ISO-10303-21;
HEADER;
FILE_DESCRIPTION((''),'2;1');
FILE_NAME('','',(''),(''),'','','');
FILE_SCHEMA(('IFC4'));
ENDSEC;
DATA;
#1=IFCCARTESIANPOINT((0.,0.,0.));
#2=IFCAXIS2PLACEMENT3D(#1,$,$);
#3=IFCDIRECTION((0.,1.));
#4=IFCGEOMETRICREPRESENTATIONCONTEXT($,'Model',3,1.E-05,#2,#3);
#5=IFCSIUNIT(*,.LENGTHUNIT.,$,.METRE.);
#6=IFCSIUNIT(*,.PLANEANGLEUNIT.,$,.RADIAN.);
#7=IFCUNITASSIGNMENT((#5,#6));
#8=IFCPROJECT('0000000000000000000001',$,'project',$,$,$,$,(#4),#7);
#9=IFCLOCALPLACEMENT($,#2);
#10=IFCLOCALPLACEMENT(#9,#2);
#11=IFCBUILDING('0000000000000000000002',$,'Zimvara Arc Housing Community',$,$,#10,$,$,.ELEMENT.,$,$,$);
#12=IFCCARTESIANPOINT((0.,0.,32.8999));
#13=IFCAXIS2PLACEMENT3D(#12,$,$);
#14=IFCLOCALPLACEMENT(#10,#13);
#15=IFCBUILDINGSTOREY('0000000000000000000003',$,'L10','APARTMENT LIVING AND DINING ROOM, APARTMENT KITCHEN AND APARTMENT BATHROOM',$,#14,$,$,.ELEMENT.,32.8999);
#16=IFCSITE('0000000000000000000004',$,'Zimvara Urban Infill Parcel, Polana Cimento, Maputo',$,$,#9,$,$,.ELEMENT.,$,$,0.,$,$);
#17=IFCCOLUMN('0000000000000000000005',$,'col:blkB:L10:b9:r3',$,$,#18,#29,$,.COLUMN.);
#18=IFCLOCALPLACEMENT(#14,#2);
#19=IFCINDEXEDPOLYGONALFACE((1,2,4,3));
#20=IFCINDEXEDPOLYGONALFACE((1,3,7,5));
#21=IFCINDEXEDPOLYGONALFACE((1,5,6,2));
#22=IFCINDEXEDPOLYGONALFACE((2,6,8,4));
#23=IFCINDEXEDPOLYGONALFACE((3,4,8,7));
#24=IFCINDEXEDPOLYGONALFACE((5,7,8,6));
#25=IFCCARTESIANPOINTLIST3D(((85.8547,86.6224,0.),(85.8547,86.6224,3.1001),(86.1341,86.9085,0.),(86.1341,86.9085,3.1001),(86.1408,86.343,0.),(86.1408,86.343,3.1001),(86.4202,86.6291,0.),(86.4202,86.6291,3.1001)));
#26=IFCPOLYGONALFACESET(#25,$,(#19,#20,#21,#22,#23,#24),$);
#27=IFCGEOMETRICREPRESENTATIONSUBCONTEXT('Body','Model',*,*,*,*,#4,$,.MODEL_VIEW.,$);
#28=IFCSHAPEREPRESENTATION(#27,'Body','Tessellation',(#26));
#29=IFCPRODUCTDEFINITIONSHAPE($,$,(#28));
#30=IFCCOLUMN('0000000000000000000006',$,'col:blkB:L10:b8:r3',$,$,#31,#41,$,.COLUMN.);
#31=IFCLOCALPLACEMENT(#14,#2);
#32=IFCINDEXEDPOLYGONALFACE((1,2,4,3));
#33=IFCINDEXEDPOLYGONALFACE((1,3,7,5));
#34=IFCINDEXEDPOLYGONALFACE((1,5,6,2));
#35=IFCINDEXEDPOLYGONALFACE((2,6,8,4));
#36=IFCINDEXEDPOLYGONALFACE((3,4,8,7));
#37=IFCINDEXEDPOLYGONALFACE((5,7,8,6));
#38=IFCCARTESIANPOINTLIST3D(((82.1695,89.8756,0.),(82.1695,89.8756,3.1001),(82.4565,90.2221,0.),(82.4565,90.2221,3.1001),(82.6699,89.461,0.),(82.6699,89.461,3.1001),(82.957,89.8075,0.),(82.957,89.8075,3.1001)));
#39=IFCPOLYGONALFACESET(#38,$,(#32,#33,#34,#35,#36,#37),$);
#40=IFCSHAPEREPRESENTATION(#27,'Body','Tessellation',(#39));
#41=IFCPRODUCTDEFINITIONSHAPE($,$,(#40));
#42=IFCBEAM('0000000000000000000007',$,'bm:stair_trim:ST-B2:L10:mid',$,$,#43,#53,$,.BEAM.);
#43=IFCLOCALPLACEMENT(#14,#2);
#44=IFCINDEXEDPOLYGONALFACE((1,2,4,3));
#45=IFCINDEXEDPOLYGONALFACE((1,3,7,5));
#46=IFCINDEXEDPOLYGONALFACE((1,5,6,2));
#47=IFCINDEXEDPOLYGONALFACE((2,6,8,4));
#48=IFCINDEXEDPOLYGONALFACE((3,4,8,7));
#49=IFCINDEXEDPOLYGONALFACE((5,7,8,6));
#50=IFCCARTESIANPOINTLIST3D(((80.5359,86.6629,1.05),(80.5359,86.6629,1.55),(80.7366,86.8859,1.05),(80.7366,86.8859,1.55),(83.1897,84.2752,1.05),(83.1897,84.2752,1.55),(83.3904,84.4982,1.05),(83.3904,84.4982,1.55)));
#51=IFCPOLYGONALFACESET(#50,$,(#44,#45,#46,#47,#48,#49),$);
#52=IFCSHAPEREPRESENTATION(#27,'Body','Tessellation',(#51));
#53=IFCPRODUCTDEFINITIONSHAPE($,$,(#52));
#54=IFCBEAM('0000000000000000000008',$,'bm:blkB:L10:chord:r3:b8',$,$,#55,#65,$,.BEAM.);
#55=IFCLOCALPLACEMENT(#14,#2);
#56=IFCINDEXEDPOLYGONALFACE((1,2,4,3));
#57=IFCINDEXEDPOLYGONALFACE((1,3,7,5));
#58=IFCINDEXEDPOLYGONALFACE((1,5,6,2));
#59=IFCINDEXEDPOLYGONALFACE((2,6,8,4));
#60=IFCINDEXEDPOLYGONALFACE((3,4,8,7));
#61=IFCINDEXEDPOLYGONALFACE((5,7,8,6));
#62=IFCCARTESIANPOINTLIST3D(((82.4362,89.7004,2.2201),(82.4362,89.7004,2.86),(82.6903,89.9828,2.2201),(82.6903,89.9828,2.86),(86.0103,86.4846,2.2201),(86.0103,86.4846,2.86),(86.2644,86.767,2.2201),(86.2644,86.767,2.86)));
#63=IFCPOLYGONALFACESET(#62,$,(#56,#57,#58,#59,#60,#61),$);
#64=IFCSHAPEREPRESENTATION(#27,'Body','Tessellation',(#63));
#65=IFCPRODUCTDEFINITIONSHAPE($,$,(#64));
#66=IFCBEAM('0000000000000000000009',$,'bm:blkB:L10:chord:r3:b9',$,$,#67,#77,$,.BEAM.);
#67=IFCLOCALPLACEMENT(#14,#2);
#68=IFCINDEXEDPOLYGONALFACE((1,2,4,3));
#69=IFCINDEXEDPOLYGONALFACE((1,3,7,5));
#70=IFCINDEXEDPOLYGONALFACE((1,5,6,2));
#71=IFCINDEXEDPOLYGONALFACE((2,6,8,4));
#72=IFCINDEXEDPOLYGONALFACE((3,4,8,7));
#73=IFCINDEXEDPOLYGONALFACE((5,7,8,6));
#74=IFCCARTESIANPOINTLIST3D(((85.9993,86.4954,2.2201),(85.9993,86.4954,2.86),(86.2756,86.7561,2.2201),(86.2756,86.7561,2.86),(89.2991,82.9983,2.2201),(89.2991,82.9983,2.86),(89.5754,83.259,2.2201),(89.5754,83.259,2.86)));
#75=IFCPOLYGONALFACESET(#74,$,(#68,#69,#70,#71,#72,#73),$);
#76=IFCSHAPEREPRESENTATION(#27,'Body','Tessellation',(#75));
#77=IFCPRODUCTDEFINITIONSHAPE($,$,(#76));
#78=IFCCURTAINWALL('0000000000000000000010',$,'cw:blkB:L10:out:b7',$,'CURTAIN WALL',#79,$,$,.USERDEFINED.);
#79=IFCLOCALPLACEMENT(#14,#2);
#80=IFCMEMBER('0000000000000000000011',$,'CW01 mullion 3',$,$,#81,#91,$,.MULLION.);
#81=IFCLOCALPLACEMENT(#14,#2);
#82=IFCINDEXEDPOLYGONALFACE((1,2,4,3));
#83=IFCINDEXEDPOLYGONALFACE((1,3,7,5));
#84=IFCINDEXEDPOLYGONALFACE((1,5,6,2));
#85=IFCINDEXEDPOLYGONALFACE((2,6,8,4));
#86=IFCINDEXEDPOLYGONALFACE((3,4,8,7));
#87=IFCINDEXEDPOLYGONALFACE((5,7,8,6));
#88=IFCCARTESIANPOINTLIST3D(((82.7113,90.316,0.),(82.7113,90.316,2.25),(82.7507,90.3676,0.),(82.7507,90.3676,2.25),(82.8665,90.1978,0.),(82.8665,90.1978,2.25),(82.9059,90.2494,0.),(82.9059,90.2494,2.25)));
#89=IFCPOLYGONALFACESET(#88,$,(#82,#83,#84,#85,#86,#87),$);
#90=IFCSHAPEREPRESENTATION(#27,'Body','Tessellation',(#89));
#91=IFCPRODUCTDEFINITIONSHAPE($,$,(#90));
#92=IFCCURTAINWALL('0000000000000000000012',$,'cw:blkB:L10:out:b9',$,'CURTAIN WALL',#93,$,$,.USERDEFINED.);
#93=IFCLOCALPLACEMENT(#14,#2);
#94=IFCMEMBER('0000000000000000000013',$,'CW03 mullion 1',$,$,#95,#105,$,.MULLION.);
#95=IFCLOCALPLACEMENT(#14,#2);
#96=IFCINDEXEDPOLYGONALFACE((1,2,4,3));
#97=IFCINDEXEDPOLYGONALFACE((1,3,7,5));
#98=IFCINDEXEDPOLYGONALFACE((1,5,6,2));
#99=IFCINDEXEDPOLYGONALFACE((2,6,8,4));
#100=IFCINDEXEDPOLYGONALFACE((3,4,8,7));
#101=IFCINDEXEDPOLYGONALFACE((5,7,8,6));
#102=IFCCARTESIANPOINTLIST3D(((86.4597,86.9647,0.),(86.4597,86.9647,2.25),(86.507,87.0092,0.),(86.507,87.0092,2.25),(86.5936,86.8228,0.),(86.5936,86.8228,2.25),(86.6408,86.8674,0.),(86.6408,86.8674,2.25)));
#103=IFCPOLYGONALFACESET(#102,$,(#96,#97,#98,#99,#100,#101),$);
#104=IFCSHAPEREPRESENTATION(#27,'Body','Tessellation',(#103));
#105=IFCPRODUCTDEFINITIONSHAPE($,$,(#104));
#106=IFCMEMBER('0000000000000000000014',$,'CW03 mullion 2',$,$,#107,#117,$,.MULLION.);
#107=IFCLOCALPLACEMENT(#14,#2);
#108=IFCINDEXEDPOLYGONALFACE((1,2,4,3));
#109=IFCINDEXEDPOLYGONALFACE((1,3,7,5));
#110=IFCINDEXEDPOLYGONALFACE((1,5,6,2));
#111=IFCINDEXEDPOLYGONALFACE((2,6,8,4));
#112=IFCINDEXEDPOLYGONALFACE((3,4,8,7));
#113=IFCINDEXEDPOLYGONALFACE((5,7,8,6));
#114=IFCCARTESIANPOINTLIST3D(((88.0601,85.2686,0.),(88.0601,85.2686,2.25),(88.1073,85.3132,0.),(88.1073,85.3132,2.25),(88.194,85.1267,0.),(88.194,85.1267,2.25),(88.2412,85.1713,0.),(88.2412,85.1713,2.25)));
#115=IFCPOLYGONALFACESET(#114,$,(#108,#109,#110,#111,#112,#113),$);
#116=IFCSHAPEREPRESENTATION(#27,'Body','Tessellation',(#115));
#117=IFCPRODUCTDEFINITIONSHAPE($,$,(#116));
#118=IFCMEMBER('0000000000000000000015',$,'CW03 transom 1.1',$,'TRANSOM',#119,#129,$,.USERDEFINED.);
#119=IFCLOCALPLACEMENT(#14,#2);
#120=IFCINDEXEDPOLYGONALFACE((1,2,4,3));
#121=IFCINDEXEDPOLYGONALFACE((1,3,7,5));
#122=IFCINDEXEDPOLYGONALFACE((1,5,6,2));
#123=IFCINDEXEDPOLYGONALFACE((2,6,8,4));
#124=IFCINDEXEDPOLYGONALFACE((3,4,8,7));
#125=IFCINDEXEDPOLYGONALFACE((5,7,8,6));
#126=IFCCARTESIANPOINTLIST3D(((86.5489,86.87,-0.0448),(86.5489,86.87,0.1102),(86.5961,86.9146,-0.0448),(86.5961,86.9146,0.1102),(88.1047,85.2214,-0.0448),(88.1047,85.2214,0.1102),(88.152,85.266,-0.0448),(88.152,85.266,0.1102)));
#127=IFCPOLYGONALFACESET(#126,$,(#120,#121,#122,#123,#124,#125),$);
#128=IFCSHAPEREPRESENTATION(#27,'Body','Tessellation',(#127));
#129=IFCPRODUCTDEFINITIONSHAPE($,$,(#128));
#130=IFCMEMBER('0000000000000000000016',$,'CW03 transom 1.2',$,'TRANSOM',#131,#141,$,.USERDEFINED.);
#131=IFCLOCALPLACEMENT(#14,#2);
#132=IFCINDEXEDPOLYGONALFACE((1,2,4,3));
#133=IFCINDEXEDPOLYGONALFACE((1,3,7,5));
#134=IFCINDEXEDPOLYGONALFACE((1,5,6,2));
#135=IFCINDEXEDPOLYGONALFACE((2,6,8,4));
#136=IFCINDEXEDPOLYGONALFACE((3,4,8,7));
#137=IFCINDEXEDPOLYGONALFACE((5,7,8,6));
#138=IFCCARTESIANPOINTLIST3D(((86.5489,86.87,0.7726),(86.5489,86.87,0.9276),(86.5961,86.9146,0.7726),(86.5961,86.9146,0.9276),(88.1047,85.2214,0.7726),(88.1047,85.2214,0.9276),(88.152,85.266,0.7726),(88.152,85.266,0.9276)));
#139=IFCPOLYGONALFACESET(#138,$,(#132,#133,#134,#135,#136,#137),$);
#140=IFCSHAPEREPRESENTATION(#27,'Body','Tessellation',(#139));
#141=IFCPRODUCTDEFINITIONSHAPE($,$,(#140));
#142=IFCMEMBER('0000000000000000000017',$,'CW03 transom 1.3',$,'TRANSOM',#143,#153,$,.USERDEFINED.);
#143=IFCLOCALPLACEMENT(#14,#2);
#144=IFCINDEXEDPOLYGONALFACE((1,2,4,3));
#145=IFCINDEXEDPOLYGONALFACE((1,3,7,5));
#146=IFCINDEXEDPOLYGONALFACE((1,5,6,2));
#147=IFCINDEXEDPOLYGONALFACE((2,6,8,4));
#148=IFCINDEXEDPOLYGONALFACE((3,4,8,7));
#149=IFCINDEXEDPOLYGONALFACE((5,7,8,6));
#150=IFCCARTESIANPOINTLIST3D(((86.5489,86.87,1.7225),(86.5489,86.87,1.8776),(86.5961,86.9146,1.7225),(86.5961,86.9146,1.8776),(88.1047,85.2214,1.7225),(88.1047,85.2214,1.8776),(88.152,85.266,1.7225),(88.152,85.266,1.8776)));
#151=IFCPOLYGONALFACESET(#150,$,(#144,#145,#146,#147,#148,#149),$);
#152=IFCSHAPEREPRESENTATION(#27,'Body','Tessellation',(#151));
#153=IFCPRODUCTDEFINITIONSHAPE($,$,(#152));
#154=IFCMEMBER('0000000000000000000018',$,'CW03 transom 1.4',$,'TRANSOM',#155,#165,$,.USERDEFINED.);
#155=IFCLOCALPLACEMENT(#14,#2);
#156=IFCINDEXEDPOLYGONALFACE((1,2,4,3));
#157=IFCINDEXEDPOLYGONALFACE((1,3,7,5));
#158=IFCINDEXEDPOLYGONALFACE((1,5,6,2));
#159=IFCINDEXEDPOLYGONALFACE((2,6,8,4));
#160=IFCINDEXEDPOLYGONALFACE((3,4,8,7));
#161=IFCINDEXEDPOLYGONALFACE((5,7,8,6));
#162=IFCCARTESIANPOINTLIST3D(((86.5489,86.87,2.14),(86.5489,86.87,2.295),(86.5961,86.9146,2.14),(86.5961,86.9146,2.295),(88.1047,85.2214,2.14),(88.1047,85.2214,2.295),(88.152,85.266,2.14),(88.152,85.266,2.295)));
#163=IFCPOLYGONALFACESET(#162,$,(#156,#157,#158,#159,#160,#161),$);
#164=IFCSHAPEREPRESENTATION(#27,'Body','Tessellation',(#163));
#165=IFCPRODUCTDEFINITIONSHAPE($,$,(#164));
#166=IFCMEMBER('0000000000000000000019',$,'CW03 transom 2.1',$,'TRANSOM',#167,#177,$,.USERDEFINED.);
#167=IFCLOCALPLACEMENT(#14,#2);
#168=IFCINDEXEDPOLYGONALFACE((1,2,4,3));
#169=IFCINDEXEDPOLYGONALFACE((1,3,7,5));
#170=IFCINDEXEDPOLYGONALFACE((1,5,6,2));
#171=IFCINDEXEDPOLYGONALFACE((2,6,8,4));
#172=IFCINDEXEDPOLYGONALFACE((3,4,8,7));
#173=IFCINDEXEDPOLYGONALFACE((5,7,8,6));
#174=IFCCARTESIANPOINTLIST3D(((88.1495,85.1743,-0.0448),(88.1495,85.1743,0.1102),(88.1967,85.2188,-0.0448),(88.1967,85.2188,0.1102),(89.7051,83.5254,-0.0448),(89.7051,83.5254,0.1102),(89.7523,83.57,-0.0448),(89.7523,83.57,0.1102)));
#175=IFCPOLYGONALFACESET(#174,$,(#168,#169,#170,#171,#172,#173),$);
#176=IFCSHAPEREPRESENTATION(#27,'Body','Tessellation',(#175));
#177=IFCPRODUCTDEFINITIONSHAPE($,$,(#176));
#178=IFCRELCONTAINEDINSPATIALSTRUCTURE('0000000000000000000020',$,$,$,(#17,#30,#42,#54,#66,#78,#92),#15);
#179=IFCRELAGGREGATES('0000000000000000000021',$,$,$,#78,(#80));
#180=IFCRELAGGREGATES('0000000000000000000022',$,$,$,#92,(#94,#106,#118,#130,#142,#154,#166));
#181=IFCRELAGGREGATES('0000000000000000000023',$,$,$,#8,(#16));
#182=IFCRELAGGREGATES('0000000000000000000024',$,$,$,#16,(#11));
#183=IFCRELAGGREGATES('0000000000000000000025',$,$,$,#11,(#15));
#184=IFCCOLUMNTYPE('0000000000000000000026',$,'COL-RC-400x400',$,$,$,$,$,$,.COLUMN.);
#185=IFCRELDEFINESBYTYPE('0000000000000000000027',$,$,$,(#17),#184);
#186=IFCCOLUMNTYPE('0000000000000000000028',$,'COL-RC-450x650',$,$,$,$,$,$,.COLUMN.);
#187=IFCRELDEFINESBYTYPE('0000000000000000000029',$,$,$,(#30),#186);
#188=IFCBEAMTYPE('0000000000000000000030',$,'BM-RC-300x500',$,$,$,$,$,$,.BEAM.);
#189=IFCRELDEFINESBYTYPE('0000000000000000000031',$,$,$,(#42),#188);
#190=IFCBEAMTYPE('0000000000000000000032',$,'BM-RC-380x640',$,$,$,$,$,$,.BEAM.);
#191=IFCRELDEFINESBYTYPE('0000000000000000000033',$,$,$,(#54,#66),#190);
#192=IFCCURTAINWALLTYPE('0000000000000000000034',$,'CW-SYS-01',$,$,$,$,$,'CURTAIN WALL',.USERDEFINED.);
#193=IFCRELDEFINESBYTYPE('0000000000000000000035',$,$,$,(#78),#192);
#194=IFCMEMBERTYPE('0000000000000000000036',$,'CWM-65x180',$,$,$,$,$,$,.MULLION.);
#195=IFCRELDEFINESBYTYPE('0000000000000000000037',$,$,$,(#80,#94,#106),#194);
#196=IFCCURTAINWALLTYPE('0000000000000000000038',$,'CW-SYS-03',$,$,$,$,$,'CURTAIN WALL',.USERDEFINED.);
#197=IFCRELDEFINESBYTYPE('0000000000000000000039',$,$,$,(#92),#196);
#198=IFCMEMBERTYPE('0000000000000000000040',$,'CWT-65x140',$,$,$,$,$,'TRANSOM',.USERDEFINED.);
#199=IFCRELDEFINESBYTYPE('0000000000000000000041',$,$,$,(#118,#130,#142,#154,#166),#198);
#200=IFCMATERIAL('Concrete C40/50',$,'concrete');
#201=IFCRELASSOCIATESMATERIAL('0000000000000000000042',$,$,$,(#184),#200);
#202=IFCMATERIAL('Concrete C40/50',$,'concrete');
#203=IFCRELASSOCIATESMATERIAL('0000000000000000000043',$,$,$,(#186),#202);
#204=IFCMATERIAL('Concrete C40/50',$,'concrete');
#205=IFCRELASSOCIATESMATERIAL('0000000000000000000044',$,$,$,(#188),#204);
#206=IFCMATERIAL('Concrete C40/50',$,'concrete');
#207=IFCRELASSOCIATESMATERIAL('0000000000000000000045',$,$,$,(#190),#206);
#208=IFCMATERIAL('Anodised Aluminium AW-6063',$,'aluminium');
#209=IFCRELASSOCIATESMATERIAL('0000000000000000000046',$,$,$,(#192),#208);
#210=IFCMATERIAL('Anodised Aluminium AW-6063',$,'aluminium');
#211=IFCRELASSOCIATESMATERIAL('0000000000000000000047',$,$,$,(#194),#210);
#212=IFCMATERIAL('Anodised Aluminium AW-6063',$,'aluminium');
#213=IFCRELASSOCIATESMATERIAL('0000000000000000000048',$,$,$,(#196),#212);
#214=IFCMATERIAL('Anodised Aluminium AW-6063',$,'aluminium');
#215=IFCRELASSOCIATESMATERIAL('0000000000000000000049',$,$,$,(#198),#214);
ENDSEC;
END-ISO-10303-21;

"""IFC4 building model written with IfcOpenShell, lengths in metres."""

from ifc_helpers import new_model, si_unit, direction, frame, origin, origin_2d, place, context, subcontext, project, spatial, rectangle, extrude, material, material_profile, profile_set, type_object, element, aggregate, save


model = new_model("IFC4")

# Units and contexts
model_context = context("Model", 3, precision=1e-05, world=origin(), true_north=direction((0.0, 1.0)))
body_context = subcontext(model_context, "Body", "Model", "MODEL_VIEW")
ifc_project = project(units=[si_unit("LENGTHUNIT", "METRE"), si_unit("PLANEANGLEUNIT", "RADIAN")], contexts=[model_context])

# Site, building, storey
site_placement = place(None, origin())
site = spatial("IfcSite", under=ifc_project, at=site_placement, Name="Zimvara Urban Infill Parcel, Polana Cimento, Maputo", CompositionType="ELEMENT", RefElevation=0.0)
building_placement = place(site_placement, origin())
building = spatial("IfcBuilding", under=site, at=building_placement, Name="Zimvara Arc Housing Community", CompositionType="ELEMENT")
storey_placement = place(building_placement, frame((0.0, 0.0, 32.8999)))
storey = spatial("IfcBuildingStorey", under=building, at=storey_placement, Name="L10", Description="APARTMENT LIVING AND DINING ROOM, APARTMENT KITCHEN AND APARTMENT BATHROOM", CompositionType="ELEMENT", Elevation=32.8999)

# Columns
ifc_material_1 = material(Name="Concrete C40/50", Category="concrete")
ifc_material_profile_1 = material_profile(ifc_material_1, rectangle(XDim=0.3999, YDim=0.3999, at=origin_2d()), Name="RC 400x400")
ifc_profile_set_1 = profile_set([ifc_material_profile_1], Name="Concrete C40/50")
column_type_1 = type_object("IfcColumnType", Name="COL-RC-400x400", PredefinedType="COLUMN", material=ifc_profile_set_1)
column_1_placement = place(storey_placement, frame((86.1375, 86.6257, 0.0), z_axis=(0.0, 0.0, 1.0), x_axis=(0.698665, 0.715449, 0.0)))
element("IfcColumn", 1, at=column_1_placement, inside=storey, type_object=column_type_1, Name="col:blkB:L10:b9:r3", PredefinedType="COLUMN", context=body_context, shape_type="SweptSolid", body=[
    extrude(rectangle(XDim=0.3999, YDim=0.3999, at=origin_2d()), origin(), (0.0, 0.0, 1.0), 3.1001),
])
ifc_material_2 = material(Name="Concrete C40/50", Category="concrete")
ifc_material_profile_2 = material_profile(ifc_material_2, rectangle(XDim=0.45, YDim=0.6499, at=origin_2d()), Name="RC 450x650")
ifc_profile_set_2 = profile_set([ifc_material_profile_2], Name="Concrete C40/50")
column_type_2 = type_object("IfcColumnType", Name="COL-RC-450x650", PredefinedType="COLUMN", material=ifc_profile_set_2)
column_2_placement = place(storey_placement, frame((82.5632, 89.8416, 0.0), z_axis=(0.0, 0.0, 1.0), x_axis=(0.637962, 0.770068, 0.0)))
element("IfcColumn", 2, at=column_2_placement, inside=storey, type_object=column_type_2, Name="col:blkB:L10:b8:r3", PredefinedType="COLUMN", context=body_context, shape_type="SweptSolid", body=[
    extrude(rectangle(XDim=0.45, YDim=0.6499, at=origin_2d()), origin(), (0.0, 0.0, 1.0), 3.1001),
])

# Beams
ifc_material_3 = material(Name="Concrete C40/50", Category="concrete")
ifc_material_profile_3 = material_profile(ifc_material_3, rectangle(XDim=0.3, YDim=0.5, at=origin_2d()), Name="RC 300x500")
ifc_profile_set_3 = profile_set([ifc_material_profile_3], Name="Concrete C40/50")
beam_type_1 = type_object("IfcBeamType", Name="BM-RC-300x500", PredefinedType="BEAM", material=ifc_profile_set_3)
beam_1_placement = place(storey_placement, frame((83.29, 84.3867, 1.3), z_axis=(-0.743396, 0.668851, 0.0), x_axis=(-0.668851, -0.743396, 0.0)))
element("IfcBeam", 3, at=beam_1_placement, inside=storey, type_object=beam_type_1, Name="bm:stair_trim:ST-B2:L10:mid", PredefinedType="BEAM", context=body_context, shape_type="SweptSolid", body=[
    extrude(rectangle(XDim=0.3, YDim=0.5, at=origin_2d()), origin(), (0.0, 0.0, 1.0), 3.5698),
])
ifc_material_4 = material(Name="Concrete C40/50", Category="concrete")
ifc_material_profile_4 = material_profile(ifc_material_4, rectangle(XDim=0.3799, YDim=0.6399, at=origin_2d()), Name="RC 380x640")
ifc_profile_set_4 = profile_set([ifc_material_profile_4], Name="Concrete C40/50")
beam_type_2 = type_object("IfcBeamType", Name="BM-RC-380x640", PredefinedType="BEAM", material=ifc_profile_set_4)
beam_2_placement = place(storey_placement, frame((82.5632, 89.8416, 2.54), z_axis=(0.743395, -0.668853, 0.0), x_axis=(0.668853, 0.743395, 0.0)))
element("IfcBeam", 4, at=beam_2_placement, inside=storey, type_object=beam_type_2, Name="bm:blkB:L10:chord:r3:b8", PredefinedType="BEAM", context=body_context, shape_type="SweptSolid", body=[
    extrude(rectangle(XDim=0.3799, YDim=0.6399, at=origin_2d()), origin(), (0.0, 0.0, 1.0), 4.8079),
])
beam_3_placement = place(storey_placement, frame((86.1375, 86.6257, 2.54), z_axis=(0.686295, -0.727323, 0.0), x_axis=(0.727323, 0.686295, 0.0)))
element("IfcBeam", 5, at=beam_3_placement, inside=storey, type_object=beam_type_2, Name="bm:blkB:L10:chord:r3:b9", PredefinedType="BEAM", context=body_context, shape_type="SweptSolid", body=[
    extrude(rectangle(XDim=0.3799, YDim=0.6399, at=origin_2d()), origin(), (0.0, 0.0, 1.0), 4.8081),
])

# Curtain wall, member
ifc_material_5 = material(Name="Anodised Aluminium AW-6063", Category="aluminium")
curtain_wall_type_1 = type_object("IfcCurtainWallType", Name="CW-SYS-01", ElementType="CURTAIN WALL", PredefinedType="USERDEFINED", material=ifc_material_5)
curtain_wall_1_placement = place(storey_placement, origin())
curtain_wall_1 = element("IfcCurtainWall", 6, at=curtain_wall_1_placement, inside=storey, type_object=curtain_wall_type_1, Name="cw:blkB:L10:out:b7", ObjectType="CURTAIN WALL", PredefinedType="USERDEFINED")
ifc_material_6 = material(Name="Anodised Aluminium AW-6063", Category="aluminium")
ifc_material_profile_5 = material_profile(ifc_material_6, rectangle(XDim=0.0649, YDim=0.1951, at=origin_2d()), Name="ALU 65x195")
ifc_profile_set_5 = profile_set([ifc_material_profile_5], Name="Anodised Aluminium AW-6063")
member_type_1 = type_object("IfcMemberType", Name="CWM-65x180", PredefinedType="MULLION", material=ifc_profile_set_5)
member_1_placement = place(storey_placement, frame((82.8086, 90.2827, 0.0), z_axis=(0.0, 0.0, 1.0), x_axis=(0.605988, 0.795474, 0.0)))
member_1 = element("IfcMember", 7, at=member_1_placement, type_object=member_type_1, Name="CW01 mullion 3", PredefinedType="MULLION", context=body_context, shape_type="SweptSolid", body=[
    extrude(rectangle(XDim=0.0649, YDim=0.1951, at=origin_2d()), origin(), (0.0, 0.0, 1.0), 2.25),
])

# Curtain wall, members
ifc_material_7 = material(Name="Anodised Aluminium AW-6063", Category="aluminium")
curtain_wall_type_2 = type_object("IfcCurtainWallType", Name="CW-SYS-03", ElementType="CURTAIN WALL", PredefinedType="USERDEFINED", material=ifc_material_7)
curtain_wall_2_placement = place(storey_placement, origin())
curtain_wall_2 = element("IfcCurtainWall", 8, at=curtain_wall_2_placement, inside=storey, type_object=curtain_wall_type_2, Name="cw:blkB:L10:out:b9", ObjectType="CURTAIN WALL", PredefinedType="USERDEFINED")
member_2_placement = place(storey_placement, frame((86.5503, 86.916, 0.0), z_axis=(0.0, 0.0, 1.0), x_axis=(0.727294, 0.686326, 0.0)))
member_2 = element("IfcMember", 9, at=member_2_placement, type_object=member_type_1, Name="CW03 mullion 1", PredefinedType="MULLION", context=body_context, shape_type="SweptSolid", body=[
    extrude(rectangle(XDim=0.0649, YDim=0.1951, at=origin_2d()), origin(), (0.0, 0.0, 1.0), 2.25),
])
member_3_placement = place(storey_placement, frame((88.1506, 85.22, 0.0), z_axis=(0.0, 0.0, 1.0), x_axis=(0.727294, 0.686326, 0.0)))
member_3 = element("IfcMember", 10, at=member_3_placement, type_object=member_type_1, Name="CW03 mullion 2", PredefinedType="MULLION", context=body_context, shape_type="SweptSolid", body=[
    extrude(rectangle(XDim=0.0649, YDim=0.1951, at=origin_2d()), origin(), (0.0, 0.0, 1.0), 2.25),
])
ifc_material_8 = material(Name="Anodised Aluminium AW-6063", Category="aluminium")
ifc_material_profile_6 = material_profile(ifc_material_8, rectangle(XDim=0.0649, YDim=0.155, at=origin_2d()), Name="ALU 65x155")
ifc_profile_set_6 = profile_set([ifc_material_profile_6], Name="Anodised Aluminium AW-6063")
member_type_2 = type_object("IfcMemberType", Name="CWT-65x140", ElementType="TRANSOM", PredefinedType="USERDEFINED", material=ifc_profile_set_6)
member_4_placement = place(storey_placement, frame((86.5725, 86.8923, 0.0327), z_axis=(0.686348, -0.727273, 0.0), x_axis=(0.727273, 0.686348, 0.0)))
member_4 = element("IfcMember", 11, at=member_4_placement, type_object=member_type_2, Name="CW03 transom 1.1", ObjectType="TRANSOM", PredefinedType="USERDEFINED", context=body_context, shape_type="SweptSolid", body=[
    extrude(rectangle(XDim=0.0649, YDim=0.155, at=origin_2d()), origin(), (0.0, 0.0, 1.0), 2.2668),
])
member_5_placement = place(storey_placement, frame((86.5725, 86.8923, 0.8501), z_axis=(0.686348, -0.727273, 0.0), x_axis=(0.727273, 0.686348, 0.0)))
member_5 = element("IfcMember", 12, at=member_5_placement, type_object=member_type_2, Name="CW03 transom 1.2", ObjectType="TRANSOM", PredefinedType="USERDEFINED", context=body_context, shape_type="SweptSolid", body=[
    extrude(rectangle(XDim=0.0649, YDim=0.155, at=origin_2d()), origin(), (0.0, 0.0, 1.0), 2.2668),
])
member_6_placement = place(storey_placement, frame((86.5725, 86.8923, 1.8), z_axis=(0.686348, -0.727273, 0.0), x_axis=(0.727273, 0.686348, 0.0)))
member_6 = element("IfcMember", 13, at=member_6_placement, type_object=member_type_2, Name="CW03 transom 1.3", ObjectType="TRANSOM", PredefinedType="USERDEFINED", context=body_context, shape_type="SweptSolid", body=[
    extrude(rectangle(XDim=0.0649, YDim=0.155, at=origin_2d()), origin(), (0.0, 0.0, 1.0), 2.2668),
])
member_7_placement = place(storey_placement, frame((86.5725, 86.8923, 2.2175), z_axis=(0.686348, -0.727273, 0.0), x_axis=(0.727273, 0.686348, 0.0)))
member_7 = element("IfcMember", 14, at=member_7_placement, type_object=member_type_2, Name="CW03 transom 1.4", ObjectType="TRANSOM", PredefinedType="USERDEFINED", context=body_context, shape_type="SweptSolid", body=[
    extrude(rectangle(XDim=0.0649, YDim=0.155, at=origin_2d()), origin(), (0.0, 0.0, 1.0), 2.2668),
])
member_8_placement = place(storey_placement, frame((88.1731, 85.1965, 0.0327), z_axis=(0.686238, -0.727377, 0.0), x_axis=(0.727377, 0.686238, 0.0)))
member_8 = element("IfcMember", 15, at=member_8_placement, type_object=member_type_2, Name="CW03 transom 2.1", ObjectType="TRANSOM", PredefinedType="USERDEFINED", context=body_context, shape_type="SweptSolid", body=[
    extrude(rectangle(XDim=0.0649, YDim=0.155, at=origin_2d()), origin(), (0.0, 0.0, 1.0), 2.2668),
])

aggregate(curtain_wall_1, [member_1])
aggregate(curtain_wall_2, [member_2, member_3, member_4, member_5, member_6, member_7, member_8])

save(model, "model.ifc")
